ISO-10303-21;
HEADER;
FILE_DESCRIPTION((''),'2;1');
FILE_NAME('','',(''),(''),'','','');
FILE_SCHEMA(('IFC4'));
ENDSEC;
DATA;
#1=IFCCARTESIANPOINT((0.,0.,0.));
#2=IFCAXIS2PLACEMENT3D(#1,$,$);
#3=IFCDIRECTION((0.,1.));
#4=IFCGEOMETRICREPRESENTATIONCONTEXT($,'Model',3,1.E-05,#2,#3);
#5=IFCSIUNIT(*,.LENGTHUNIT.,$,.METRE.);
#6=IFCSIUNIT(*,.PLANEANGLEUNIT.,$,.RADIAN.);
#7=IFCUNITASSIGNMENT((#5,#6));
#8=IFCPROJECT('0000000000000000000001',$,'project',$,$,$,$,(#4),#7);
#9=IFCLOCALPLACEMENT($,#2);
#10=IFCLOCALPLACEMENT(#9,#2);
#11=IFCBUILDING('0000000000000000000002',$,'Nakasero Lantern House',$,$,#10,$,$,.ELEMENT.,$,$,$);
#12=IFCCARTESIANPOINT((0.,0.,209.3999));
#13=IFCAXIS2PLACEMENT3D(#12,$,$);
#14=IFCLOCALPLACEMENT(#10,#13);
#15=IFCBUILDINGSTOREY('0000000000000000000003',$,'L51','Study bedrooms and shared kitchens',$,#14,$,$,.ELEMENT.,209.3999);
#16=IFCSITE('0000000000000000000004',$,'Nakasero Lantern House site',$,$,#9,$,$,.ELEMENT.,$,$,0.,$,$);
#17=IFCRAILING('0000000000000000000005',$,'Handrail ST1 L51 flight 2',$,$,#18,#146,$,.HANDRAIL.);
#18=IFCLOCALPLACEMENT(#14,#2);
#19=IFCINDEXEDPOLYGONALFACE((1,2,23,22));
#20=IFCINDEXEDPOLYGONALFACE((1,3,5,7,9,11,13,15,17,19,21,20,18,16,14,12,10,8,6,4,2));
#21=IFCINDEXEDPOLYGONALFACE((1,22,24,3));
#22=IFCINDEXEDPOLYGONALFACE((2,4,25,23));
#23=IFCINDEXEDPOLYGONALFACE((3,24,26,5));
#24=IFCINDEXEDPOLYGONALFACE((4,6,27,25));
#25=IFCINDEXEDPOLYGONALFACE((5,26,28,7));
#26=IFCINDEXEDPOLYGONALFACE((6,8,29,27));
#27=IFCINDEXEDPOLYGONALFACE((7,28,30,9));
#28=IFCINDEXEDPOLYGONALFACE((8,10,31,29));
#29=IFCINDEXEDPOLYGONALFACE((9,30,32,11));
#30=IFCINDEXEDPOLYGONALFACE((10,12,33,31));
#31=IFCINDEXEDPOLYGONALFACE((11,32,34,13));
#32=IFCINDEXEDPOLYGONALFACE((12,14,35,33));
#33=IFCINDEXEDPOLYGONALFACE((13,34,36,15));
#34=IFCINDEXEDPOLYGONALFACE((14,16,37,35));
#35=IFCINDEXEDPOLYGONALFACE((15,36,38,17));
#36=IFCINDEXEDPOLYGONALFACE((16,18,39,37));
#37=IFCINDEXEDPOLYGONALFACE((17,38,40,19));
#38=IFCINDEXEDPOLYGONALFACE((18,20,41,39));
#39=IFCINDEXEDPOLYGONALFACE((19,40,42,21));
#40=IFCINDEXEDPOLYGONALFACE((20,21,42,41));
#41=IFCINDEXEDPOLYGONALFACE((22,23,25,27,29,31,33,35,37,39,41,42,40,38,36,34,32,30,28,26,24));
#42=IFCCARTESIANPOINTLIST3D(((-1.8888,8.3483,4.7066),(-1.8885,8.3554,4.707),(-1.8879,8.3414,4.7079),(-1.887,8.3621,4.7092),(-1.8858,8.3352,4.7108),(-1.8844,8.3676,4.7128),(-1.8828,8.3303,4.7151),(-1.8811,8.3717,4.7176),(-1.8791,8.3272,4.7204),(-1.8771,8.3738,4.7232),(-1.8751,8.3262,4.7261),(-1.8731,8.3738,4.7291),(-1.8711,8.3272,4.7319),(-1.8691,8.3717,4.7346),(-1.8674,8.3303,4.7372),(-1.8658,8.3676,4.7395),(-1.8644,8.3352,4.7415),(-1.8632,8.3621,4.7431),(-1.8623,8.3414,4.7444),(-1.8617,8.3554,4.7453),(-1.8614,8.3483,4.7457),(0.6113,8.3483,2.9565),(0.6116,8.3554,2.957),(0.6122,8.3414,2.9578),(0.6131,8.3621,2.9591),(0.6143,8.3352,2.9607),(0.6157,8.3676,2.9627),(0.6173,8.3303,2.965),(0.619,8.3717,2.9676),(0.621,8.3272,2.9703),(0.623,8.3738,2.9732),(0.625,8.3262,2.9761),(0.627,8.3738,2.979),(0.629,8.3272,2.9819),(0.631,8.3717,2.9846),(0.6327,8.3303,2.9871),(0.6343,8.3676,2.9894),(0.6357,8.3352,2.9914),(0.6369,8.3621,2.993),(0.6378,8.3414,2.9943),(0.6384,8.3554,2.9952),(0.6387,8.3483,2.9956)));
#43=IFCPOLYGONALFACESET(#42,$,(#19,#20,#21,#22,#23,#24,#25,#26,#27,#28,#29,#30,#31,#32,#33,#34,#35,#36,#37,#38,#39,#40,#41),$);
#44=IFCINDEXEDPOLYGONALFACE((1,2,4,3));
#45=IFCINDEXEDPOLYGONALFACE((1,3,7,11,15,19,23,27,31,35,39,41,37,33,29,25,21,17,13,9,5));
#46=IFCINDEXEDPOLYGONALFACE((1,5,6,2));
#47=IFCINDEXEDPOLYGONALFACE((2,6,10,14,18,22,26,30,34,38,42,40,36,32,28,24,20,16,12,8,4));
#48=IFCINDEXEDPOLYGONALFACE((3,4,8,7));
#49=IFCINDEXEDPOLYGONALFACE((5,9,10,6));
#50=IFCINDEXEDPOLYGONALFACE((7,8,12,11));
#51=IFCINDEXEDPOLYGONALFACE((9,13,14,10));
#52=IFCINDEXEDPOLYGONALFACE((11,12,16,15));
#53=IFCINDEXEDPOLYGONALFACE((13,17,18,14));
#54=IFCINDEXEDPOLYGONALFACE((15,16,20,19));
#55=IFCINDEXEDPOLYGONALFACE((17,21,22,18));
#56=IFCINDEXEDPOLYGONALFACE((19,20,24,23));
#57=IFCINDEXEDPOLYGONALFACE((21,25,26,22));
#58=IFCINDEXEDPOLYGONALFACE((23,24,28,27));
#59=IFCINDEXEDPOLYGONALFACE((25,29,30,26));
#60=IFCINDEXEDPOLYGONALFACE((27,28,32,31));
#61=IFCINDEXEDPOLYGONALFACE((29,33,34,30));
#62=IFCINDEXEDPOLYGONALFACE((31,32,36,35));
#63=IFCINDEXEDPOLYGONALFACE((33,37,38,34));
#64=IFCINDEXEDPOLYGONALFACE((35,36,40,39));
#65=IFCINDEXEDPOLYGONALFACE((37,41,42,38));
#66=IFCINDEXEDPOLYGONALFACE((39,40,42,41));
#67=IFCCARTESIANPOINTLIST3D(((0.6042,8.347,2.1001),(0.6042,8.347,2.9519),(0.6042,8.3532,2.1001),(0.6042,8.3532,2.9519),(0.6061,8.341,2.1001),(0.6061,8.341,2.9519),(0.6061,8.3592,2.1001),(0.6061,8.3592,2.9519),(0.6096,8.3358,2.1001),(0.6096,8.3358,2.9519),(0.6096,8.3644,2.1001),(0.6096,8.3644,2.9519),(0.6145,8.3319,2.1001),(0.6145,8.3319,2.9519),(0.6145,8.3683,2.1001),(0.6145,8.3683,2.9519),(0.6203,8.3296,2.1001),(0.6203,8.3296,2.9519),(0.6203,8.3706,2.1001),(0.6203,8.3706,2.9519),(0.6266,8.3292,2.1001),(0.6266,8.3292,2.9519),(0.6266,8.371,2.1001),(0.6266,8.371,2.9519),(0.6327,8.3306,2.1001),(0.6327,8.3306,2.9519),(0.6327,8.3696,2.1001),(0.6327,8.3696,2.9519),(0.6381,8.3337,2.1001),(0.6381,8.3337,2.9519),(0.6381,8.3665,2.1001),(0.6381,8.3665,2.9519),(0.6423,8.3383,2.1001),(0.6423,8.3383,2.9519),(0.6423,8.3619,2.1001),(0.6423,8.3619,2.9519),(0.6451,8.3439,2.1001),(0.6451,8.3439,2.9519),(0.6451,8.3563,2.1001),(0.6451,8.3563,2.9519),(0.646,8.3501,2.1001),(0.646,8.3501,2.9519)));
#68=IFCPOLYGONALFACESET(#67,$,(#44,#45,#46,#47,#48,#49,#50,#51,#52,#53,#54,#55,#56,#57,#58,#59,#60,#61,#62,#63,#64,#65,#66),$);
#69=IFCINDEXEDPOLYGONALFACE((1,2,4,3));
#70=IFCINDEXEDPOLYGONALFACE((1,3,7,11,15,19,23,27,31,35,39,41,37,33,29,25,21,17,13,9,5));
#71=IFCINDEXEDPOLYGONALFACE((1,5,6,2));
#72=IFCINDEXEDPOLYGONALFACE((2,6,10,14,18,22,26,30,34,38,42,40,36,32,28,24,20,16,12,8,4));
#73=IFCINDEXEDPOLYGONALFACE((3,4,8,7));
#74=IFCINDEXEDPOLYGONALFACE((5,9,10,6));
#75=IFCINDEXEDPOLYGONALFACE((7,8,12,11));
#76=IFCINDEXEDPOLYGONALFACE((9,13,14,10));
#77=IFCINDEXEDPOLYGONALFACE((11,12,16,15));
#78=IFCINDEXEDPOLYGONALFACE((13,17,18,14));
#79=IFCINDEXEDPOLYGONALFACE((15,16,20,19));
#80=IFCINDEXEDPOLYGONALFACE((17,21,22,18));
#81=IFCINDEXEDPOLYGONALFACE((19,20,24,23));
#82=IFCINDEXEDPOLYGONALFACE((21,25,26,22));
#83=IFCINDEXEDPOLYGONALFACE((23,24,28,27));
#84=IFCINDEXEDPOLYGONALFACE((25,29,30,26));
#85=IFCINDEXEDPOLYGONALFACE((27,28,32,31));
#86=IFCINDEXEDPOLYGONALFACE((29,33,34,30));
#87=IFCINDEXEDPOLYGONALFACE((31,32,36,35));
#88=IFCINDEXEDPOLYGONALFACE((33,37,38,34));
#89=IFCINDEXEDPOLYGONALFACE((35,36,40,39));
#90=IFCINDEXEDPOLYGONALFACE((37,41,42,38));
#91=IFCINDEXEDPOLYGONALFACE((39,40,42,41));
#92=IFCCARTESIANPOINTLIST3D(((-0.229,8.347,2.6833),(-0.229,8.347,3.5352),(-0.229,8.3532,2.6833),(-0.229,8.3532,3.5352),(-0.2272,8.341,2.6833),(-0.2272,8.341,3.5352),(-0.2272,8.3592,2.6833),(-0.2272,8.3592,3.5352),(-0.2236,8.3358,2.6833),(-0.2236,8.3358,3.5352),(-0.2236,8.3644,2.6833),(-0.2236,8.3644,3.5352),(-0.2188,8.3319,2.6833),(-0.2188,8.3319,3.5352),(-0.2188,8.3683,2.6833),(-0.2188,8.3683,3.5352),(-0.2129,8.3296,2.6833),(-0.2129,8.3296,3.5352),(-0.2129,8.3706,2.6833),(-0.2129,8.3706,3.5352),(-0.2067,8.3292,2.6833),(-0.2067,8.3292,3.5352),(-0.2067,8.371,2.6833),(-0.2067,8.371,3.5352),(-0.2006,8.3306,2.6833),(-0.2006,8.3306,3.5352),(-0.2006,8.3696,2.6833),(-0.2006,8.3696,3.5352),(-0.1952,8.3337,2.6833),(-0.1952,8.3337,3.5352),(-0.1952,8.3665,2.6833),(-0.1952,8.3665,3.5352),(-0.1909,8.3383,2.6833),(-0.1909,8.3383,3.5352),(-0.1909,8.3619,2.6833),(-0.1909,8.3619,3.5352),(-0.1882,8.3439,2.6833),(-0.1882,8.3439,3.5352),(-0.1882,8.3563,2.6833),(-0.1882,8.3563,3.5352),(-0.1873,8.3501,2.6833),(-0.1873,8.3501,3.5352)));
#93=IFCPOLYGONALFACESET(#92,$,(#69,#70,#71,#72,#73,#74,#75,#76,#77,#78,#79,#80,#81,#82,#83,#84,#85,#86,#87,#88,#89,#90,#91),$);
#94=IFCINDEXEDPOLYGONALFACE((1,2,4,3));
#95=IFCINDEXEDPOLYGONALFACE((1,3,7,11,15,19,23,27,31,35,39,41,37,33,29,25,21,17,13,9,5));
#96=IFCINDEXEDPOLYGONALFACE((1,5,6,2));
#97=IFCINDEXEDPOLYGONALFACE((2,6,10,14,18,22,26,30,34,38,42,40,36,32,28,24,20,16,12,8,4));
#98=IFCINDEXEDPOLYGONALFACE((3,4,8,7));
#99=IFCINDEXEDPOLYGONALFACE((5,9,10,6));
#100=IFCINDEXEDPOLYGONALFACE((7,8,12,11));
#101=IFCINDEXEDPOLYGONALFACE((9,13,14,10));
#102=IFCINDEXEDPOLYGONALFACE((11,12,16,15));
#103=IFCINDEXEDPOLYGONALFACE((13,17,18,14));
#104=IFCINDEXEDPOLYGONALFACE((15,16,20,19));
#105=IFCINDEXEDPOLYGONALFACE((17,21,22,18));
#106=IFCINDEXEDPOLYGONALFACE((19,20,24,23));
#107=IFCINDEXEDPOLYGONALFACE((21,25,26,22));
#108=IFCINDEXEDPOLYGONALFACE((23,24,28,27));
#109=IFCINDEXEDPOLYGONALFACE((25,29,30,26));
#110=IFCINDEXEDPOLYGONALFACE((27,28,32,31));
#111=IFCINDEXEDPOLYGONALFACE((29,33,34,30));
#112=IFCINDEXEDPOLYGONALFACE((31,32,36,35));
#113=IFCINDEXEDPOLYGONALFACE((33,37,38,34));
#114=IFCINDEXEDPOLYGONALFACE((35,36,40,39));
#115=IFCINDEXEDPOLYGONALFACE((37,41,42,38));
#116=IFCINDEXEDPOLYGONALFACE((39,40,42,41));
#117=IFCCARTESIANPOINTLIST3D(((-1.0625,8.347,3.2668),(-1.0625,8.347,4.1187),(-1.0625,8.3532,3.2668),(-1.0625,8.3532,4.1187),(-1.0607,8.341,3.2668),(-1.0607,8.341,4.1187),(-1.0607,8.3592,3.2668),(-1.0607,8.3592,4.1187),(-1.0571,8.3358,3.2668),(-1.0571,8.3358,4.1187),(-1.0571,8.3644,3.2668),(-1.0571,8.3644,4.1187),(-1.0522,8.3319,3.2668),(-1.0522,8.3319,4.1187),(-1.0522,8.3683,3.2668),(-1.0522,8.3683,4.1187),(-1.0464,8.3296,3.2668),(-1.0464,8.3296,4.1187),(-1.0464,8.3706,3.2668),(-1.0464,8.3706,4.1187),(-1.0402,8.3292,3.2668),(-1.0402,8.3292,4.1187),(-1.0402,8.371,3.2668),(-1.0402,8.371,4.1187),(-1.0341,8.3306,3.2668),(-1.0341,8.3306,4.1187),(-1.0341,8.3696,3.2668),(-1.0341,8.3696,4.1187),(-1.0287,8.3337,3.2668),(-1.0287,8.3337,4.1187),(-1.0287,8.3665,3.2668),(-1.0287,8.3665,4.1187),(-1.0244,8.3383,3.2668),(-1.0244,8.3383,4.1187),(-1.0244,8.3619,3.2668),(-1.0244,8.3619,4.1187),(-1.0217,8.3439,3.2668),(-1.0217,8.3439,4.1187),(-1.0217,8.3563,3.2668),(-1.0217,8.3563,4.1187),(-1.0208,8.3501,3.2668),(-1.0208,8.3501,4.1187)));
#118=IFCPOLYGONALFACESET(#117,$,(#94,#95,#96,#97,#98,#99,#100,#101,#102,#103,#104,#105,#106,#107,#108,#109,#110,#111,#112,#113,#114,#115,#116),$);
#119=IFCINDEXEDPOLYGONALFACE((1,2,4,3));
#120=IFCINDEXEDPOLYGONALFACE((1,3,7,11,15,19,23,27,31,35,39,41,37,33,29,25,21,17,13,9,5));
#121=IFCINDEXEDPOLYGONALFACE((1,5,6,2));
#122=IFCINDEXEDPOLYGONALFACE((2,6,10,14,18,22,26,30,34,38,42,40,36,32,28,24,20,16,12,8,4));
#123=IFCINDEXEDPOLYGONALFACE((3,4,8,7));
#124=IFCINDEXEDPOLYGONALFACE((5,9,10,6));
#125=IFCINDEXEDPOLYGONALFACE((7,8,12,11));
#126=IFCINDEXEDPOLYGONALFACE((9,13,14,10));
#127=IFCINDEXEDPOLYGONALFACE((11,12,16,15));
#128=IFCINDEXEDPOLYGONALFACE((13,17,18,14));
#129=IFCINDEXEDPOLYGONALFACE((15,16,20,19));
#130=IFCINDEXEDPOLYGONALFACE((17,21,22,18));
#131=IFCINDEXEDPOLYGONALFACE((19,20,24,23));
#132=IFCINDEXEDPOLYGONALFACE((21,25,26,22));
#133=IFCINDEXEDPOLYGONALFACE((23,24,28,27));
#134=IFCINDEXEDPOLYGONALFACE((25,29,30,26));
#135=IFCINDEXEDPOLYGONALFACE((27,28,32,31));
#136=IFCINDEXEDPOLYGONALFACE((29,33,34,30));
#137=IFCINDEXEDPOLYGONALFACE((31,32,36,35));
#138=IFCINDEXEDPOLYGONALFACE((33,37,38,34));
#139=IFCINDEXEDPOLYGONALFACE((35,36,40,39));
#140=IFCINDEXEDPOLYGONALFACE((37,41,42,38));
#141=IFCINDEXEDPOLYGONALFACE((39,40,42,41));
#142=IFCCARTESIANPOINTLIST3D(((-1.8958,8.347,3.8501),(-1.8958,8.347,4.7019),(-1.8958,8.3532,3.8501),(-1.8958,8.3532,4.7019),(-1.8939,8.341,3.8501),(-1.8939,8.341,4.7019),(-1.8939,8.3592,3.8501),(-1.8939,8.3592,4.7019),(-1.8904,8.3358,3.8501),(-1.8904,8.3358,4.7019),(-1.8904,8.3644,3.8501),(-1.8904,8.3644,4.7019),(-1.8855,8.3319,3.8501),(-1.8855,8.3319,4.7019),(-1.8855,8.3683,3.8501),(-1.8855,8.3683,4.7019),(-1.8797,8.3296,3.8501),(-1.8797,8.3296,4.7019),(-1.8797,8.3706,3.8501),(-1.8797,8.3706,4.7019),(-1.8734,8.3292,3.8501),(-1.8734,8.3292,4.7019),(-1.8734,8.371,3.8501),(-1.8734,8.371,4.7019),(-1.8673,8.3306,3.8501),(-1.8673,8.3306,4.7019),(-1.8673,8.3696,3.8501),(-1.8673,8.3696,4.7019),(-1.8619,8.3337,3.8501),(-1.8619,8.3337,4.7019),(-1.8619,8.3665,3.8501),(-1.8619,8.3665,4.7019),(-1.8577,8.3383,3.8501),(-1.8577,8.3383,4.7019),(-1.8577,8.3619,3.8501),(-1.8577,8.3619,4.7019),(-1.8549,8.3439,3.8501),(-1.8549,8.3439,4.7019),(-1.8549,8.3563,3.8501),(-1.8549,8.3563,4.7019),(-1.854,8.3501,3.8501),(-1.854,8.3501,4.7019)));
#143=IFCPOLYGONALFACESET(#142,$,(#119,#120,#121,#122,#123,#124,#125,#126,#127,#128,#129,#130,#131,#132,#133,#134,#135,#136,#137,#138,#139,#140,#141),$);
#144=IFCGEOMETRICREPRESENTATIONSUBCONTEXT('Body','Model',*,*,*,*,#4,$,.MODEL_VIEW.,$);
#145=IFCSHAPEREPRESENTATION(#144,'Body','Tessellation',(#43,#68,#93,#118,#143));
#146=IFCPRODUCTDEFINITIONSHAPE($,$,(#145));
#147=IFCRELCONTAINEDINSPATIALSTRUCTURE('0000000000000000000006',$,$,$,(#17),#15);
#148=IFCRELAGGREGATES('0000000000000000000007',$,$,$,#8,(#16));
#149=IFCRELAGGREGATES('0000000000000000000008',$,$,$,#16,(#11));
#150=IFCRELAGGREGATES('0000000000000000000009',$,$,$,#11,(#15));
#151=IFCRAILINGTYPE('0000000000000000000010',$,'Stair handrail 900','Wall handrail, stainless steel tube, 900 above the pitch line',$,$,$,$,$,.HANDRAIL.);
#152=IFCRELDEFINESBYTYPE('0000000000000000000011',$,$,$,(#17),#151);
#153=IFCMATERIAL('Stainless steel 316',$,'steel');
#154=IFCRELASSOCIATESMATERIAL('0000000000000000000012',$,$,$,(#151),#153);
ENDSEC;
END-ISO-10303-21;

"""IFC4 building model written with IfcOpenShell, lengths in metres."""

from ifc_helpers import new_model, si_unit, direction, frame, origin, origin_2d, place, context, subcontext, project, spatial, circle, extrude, material, type_object, element, save


model = new_model("IFC4")

# Units and contexts
model_context = context("Model", 3, precision=1e-05, world=origin(), true_north=direction((0.0, 1.0)))
body_context = subcontext(model_context, "Body", "Model", "MODEL_VIEW")
ifc_project = project(units=[si_unit("LENGTHUNIT", "METRE"), si_unit("PLANEANGLEUNIT", "RADIAN")], contexts=[model_context])

# Site, building, storey
site_placement = place(None, origin())
site = spatial("IfcSite", under=ifc_project, at=site_placement, Name="Nakasero Lantern House site", CompositionType="ELEMENT", RefElevation=0.0)
building_placement = place(site_placement, origin())
building = spatial("IfcBuilding", under=site, at=building_placement, Name="Nakasero Lantern House", CompositionType="ELEMENT")
storey_placement = place(building_placement, frame((0.0, 0.0, 209.3999)))
storey = spatial("IfcBuildingStorey", under=building, at=storey_placement, Name="L51", Description="Study bedrooms and shared kitchens", CompositionType="ELEMENT", Elevation=209.3999)

# Railing
ifc_material_1 = material(Name="Stainless steel 316", Category="steel")
railing_type = type_object("IfcRailingType", Name="Stair handrail 900", Description="Wall handrail, stainless steel tube, 900 above the pitch line", PredefinedType="HANDRAIL", material=ifc_material_1)
railing_placement = place(storey_placement, frame((0.625, 8.3501, 2.1001)))
element("IfcRailing", 1, at=railing_placement, inside=storey, type_object=railing_type, Name="Handrail ST1 L51 flight 2", PredefinedType="HANDRAIL", context=body_context, shape_type="SweptSolid", body=[
    extrude(circle(Radius=0.0239, at=origin_2d()), frame((0.0, 0.0, 0.876), z_axis=(-0.819232, 0.0, 0.573462), x_axis=(0.0, -1.0, 0.0)), (0.0, 0.0, 1.0), 3.0518),
    extrude(circle(Radius=0.021, at=origin_2d()), origin(), (0.0, 0.0, 1.0), 0.8518),
    extrude(circle(Radius=0.021, at=origin_2d()), frame((-0.8333, 0.0, 0.5833)), (0.0, 0.0, 1.0), 0.8518),
    extrude(circle(Radius=0.021, at=origin_2d()), frame((-1.6667, 0.0, 1.1667)), (0.0, 0.0, 1.0), 0.8518),
    extrude(circle(Radius=0.021, at=origin_2d()), frame((-2.5, 0.0, 1.75)), (0.0, 0.0, 1.0), 0.8518),
])

save(model, "model.ifc")
